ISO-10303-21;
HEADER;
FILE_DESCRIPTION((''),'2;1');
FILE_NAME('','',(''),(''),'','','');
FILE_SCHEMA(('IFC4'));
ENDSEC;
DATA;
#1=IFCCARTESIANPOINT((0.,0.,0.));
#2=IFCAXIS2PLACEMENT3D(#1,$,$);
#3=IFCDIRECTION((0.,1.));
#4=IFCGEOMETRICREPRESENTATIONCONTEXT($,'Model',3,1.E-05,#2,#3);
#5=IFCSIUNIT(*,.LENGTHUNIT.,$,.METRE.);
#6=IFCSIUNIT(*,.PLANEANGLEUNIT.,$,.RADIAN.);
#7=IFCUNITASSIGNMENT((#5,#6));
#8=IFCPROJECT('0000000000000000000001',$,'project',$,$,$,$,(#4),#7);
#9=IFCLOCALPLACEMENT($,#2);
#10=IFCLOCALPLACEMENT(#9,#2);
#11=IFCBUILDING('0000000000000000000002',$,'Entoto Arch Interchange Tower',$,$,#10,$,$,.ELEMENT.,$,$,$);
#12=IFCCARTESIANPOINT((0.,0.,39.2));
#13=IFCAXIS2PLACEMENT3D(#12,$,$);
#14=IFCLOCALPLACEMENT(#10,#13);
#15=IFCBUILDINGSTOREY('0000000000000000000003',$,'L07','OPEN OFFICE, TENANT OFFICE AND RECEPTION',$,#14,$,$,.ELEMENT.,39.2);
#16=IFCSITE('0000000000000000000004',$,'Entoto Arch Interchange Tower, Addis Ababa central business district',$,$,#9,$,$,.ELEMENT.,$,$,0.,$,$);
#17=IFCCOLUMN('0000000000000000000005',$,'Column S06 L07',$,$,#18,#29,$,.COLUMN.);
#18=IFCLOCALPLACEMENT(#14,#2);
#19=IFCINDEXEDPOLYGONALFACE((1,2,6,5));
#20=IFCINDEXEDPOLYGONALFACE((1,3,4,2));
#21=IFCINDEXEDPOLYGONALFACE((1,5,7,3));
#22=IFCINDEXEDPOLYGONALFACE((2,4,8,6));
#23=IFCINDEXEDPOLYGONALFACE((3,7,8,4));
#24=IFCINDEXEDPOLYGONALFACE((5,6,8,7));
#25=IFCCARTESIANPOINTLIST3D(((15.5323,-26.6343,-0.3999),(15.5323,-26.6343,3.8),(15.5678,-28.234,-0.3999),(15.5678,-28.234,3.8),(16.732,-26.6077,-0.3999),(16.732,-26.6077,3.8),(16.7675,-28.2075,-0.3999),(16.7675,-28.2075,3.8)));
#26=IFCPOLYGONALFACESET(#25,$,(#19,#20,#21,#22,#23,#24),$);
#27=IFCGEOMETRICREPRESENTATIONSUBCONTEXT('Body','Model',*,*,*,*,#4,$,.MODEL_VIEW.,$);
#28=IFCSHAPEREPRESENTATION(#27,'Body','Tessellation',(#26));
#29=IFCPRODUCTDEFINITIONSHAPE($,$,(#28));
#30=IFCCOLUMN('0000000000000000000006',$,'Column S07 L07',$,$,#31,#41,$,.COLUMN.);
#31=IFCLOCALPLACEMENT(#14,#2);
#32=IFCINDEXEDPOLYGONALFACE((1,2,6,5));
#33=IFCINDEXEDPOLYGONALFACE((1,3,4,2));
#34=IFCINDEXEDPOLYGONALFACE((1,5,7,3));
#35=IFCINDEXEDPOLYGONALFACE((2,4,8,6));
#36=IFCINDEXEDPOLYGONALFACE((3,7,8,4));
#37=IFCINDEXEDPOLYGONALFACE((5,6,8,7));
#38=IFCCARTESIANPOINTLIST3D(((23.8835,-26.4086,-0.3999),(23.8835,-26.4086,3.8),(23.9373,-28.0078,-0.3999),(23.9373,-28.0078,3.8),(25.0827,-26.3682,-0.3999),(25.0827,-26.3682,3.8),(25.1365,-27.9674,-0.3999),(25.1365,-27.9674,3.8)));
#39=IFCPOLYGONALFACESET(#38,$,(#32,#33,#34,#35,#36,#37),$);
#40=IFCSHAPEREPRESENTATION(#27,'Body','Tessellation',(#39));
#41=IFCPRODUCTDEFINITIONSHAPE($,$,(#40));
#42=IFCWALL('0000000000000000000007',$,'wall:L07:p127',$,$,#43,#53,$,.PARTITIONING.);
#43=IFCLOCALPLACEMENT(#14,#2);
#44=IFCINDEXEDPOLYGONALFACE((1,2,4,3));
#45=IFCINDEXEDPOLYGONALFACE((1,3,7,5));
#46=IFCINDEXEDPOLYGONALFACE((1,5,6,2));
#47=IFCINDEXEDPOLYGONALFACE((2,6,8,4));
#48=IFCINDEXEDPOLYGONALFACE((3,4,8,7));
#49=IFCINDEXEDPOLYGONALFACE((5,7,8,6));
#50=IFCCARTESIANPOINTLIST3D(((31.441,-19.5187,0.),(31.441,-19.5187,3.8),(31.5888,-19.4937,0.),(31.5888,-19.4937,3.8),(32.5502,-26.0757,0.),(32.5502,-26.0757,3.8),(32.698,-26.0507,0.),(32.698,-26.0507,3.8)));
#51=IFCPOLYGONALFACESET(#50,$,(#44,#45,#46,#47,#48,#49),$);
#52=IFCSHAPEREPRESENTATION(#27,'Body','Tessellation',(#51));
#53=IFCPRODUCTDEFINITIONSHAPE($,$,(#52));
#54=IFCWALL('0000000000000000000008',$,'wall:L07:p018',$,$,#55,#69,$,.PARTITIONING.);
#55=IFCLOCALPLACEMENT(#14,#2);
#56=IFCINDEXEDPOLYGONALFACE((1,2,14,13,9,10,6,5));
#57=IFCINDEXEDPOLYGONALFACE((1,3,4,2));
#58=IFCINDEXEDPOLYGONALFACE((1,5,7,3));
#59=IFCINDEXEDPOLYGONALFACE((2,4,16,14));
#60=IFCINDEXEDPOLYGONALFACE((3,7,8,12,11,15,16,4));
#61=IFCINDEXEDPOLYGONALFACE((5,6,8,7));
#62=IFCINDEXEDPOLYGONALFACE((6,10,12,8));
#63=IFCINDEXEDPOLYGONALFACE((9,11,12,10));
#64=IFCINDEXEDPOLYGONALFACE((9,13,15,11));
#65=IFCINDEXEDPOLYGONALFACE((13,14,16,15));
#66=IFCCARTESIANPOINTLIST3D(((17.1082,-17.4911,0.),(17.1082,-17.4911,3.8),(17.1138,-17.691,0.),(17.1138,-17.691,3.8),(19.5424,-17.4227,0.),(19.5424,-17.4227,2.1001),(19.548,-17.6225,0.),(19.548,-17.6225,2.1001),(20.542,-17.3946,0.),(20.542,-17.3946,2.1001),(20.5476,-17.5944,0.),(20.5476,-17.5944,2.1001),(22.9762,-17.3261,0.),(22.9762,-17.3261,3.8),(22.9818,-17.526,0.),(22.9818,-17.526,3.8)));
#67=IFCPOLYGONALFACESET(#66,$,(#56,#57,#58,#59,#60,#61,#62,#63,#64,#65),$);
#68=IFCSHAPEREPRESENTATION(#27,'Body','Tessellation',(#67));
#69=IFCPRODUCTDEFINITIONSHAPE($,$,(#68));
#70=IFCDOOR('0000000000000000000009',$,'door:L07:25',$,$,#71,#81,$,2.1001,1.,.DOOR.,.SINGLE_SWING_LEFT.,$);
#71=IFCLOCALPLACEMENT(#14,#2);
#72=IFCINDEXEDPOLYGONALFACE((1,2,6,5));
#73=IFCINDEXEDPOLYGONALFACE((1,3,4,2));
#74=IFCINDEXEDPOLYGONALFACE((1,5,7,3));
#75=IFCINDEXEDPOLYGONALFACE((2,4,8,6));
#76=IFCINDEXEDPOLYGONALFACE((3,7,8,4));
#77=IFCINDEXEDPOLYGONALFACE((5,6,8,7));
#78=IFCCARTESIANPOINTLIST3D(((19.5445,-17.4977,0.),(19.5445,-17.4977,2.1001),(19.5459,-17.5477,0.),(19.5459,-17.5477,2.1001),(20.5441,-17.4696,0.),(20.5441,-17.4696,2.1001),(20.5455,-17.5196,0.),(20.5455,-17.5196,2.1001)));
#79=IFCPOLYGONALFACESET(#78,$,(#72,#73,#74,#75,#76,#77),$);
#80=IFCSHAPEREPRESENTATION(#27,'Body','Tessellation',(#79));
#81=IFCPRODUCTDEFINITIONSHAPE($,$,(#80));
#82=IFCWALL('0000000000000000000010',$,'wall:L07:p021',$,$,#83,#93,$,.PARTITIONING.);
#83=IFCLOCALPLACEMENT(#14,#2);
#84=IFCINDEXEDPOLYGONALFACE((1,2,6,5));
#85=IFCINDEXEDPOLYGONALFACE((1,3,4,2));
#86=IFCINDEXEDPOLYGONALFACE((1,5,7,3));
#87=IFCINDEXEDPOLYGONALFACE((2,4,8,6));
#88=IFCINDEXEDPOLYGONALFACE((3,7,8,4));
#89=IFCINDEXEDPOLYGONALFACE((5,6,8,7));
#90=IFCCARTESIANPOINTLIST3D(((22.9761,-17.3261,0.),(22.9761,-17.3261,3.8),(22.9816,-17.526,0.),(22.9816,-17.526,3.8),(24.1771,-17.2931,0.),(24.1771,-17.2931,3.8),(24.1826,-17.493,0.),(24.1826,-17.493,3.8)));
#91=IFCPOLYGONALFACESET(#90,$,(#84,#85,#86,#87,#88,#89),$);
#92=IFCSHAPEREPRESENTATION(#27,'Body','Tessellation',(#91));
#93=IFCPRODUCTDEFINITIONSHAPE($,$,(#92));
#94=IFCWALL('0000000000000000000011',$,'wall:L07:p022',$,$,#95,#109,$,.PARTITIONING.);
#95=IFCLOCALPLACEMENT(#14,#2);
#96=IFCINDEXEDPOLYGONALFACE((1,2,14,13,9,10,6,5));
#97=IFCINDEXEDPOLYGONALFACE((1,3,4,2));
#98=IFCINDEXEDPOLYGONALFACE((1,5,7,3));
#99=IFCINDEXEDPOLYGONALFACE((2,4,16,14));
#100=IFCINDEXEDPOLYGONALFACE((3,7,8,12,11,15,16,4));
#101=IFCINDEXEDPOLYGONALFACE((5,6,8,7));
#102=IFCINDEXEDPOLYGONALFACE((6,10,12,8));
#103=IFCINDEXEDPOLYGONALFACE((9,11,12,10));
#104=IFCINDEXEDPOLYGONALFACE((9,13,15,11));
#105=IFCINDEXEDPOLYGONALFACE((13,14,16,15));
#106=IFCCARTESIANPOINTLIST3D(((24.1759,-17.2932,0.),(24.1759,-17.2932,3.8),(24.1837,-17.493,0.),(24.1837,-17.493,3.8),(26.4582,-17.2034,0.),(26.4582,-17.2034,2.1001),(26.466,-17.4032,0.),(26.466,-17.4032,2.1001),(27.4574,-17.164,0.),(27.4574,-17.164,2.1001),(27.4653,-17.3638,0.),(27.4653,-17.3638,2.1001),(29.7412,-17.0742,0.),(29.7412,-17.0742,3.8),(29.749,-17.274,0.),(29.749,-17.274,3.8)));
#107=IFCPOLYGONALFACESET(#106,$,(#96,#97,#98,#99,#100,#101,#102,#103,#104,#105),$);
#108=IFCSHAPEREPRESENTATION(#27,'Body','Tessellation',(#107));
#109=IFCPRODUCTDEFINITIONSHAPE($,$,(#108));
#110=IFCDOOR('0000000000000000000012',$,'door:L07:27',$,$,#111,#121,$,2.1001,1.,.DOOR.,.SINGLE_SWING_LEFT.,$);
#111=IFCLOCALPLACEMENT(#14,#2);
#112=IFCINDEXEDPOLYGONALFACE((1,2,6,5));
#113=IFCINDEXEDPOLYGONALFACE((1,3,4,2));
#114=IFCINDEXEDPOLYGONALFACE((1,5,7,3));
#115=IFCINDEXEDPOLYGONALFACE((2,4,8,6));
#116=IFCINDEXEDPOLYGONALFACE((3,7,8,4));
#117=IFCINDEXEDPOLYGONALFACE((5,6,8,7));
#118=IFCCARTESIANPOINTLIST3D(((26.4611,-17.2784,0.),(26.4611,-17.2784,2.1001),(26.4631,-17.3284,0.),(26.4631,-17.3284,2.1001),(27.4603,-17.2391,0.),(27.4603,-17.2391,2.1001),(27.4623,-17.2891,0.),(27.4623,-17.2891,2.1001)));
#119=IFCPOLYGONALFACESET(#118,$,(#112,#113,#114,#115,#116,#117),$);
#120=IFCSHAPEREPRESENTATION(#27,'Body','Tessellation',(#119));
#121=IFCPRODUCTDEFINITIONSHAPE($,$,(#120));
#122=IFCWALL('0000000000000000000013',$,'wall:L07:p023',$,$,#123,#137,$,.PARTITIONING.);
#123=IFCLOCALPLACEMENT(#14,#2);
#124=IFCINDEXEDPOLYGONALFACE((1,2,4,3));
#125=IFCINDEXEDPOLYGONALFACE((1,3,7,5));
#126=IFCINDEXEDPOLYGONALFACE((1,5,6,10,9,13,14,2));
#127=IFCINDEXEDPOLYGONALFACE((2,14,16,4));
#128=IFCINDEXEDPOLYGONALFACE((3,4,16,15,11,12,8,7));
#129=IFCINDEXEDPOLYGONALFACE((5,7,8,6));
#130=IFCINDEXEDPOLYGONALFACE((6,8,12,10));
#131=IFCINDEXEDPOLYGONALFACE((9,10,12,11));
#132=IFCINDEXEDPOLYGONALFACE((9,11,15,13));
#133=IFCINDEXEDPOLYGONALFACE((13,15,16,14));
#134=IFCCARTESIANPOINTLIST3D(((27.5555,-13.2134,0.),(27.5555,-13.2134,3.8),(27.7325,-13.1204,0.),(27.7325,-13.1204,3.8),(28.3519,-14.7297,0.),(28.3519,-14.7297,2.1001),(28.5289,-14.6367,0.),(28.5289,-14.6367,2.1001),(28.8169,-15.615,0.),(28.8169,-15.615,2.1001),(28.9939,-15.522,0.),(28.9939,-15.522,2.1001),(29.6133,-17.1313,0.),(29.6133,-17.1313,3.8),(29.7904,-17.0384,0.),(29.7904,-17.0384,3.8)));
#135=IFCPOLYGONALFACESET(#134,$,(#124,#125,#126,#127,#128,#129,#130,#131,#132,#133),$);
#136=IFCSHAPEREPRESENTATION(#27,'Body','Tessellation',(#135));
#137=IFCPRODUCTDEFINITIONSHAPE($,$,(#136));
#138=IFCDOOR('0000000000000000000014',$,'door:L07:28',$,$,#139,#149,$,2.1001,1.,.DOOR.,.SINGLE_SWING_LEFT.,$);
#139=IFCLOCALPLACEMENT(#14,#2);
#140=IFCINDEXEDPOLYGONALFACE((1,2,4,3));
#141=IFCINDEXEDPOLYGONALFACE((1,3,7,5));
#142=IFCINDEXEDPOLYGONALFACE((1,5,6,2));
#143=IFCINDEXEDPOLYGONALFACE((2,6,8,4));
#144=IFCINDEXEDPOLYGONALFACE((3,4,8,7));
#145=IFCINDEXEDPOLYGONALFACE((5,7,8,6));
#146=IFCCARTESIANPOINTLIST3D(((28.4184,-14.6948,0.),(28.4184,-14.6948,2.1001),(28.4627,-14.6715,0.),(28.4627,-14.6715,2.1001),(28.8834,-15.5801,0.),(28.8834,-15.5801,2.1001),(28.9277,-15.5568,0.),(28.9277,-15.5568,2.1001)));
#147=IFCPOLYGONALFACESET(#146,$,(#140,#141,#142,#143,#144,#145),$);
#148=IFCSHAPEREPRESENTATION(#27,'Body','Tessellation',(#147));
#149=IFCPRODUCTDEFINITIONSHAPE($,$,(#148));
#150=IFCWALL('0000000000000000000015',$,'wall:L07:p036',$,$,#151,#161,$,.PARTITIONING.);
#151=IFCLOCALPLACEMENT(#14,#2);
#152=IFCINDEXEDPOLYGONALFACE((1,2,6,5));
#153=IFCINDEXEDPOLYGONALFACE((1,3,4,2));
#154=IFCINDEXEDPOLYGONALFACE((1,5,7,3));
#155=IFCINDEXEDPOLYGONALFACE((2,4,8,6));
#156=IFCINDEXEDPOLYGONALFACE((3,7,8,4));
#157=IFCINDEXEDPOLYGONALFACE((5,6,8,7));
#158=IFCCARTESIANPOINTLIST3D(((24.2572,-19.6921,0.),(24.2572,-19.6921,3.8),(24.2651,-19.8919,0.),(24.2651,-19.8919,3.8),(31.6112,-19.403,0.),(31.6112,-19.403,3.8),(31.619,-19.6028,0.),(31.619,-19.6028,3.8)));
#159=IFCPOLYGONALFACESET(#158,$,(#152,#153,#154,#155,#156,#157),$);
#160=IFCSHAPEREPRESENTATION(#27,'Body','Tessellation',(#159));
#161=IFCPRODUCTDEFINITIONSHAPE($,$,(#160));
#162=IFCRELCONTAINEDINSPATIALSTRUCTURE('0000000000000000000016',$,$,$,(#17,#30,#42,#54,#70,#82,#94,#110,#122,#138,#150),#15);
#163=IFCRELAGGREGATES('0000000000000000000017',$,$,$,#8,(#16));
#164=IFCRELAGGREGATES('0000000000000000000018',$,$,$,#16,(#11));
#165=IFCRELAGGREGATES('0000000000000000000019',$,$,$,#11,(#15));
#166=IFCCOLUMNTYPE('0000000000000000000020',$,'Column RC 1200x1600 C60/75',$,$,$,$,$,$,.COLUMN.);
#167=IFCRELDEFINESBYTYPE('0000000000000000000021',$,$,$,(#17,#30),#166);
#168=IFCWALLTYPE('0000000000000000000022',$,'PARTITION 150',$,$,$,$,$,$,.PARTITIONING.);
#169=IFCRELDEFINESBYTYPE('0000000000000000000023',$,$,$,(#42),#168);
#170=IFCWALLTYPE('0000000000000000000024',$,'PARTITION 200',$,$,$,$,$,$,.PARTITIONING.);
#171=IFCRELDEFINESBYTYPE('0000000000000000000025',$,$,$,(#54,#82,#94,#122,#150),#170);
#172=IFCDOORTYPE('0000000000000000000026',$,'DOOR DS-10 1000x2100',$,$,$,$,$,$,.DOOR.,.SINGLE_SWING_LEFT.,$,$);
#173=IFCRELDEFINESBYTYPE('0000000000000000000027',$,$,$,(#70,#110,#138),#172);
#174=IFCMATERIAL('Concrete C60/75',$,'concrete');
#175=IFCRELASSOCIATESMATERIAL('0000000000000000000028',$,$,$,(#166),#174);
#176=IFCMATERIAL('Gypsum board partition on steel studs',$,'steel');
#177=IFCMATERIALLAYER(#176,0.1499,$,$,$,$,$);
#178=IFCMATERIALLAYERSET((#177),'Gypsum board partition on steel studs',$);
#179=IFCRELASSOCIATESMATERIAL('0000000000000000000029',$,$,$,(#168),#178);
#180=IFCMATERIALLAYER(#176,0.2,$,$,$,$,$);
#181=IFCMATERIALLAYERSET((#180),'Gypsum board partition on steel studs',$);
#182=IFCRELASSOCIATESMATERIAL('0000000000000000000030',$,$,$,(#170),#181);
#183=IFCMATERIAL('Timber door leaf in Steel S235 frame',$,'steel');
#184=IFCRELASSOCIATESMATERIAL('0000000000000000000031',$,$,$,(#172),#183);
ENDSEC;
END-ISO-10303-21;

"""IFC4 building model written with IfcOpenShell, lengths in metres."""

from ifc_helpers import new_model, si_unit, direction, frame, frame_2d, origin, origin_2d, place, context, subcontext, project, spatial, rectangle, extrude, material, layer, layer_set, material_profile, profile_set, type_object, element, fill, save


model = new_model("IFC4")

# Units and contexts
model_context = context("Model", 3, precision=1e-05, world=origin(), true_north=direction((0.0, 1.0)))
body_context = subcontext(model_context, "Body", "Model", "MODEL_VIEW")
ifc_project = project(units=[si_unit("LENGTHUNIT", "METRE"), si_unit("PLANEANGLEUNIT", "RADIAN")], contexts=[model_context])

# Site, building, storey
site_placement = place(None, origin())
site = spatial("IfcSite", under=ifc_project, at=site_placement, Name="Entoto Arch Interchange Tower, Addis Ababa central business district", CompositionType="ELEMENT", RefElevation=0.0)
building_placement = place(site_placement, origin())
building = spatial("IfcBuilding", under=site, at=building_placement, Name="Entoto Arch Interchange Tower", CompositionType="ELEMENT")
storey_placement = place(building_placement, frame((0.0, 0.0, 39.2)))
storey = spatial("IfcBuildingStorey", under=building, at=storey_placement, Name="L07", Description="OPEN OFFICE, TENANT OFFICE AND RECEPTION", CompositionType="ELEMENT", Elevation=39.2)

# Columns
ifc_material_1 = material(Name="Concrete C60/75", Category="concrete")
ifc_material_profile = material_profile(ifc_material_1, rectangle(XDim=1.2, YDim=1.6001, at=origin_2d()))
ifc_profile_set = profile_set([ifc_material_profile], Name="Concrete C60/75")
column_type = type_object("IfcColumnType", Name="Column RC 1200x1600 C60/75", PredefinedType="COLUMN", material=ifc_profile_set)
for number, where, z_axis, x_axis, name in (
    (1, (16.1499, -27.4209, -0.3999), (0.0, 0.0, 1.0), (0.999754, 0.022164, 0.0), "Column S06 L07"),
    (2, (24.51, -27.188, -0.3999), (0.0, 0.0, 1.0), (0.999434, 0.033626, 0.0), "Column S07 L07"),
):
    element("IfcColumn", number, at=place(storey_placement, frame(where, z_axis=z_axis, x_axis=x_axis)), inside=storey, type_object=column_type, Name=name, PredefinedType="COLUMN", context=body_context, shape_type="SweptSolid", body=[
        extrude(rectangle(XDim=1.2, YDim=1.6001, at=origin_2d()), origin(), (0.0, 0.0, 1.0), 4.2),
    ])

# Wall
ifc_material_2 = material(Name="Gypsum board partition on steel studs", Category="steel")
ifc_layer_1 = layer(ifc_material_2, 0.1499)
ifc_layer_set_1 = layer_set([ifc_layer_1], Name="Gypsum board partition on steel studs")
wall_type_1 = type_object("IfcWallType", Name="PARTITION 150", PredefinedType="PARTITIONING", material=ifc_layer_set_1)
wall_1_placement = place(storey_placement, frame((31.5149, -19.5061, 0.0), z_axis=(0.0, 0.0, 1.0), x_axis=(0.166786, -0.985993, 0.0)))
element("IfcWall", 3, at=wall_1_placement, inside=storey, type_object=wall_type_1, Name="wall:L07:p127", PredefinedType="PARTITIONING", context=body_context, shape_type="SweptSolid", body=[
    extrude(rectangle(XDim=6.6501, YDim=0.1499, at=frame_2d((3.3252, 0.0))), origin(), (0.0, 0.0, 1.0), 3.8),
])

# Wall, opening, door
ifc_layer_2 = layer(ifc_material_2, 0.2)
ifc_layer_set_2 = layer_set([ifc_layer_2], Name="Gypsum board partition on steel studs")
wall_type_2 = type_object("IfcWallType", Name="PARTITION 200", PredefinedType="PARTITIONING", material=ifc_layer_set_2)
wall_2_placement = place(storey_placement, frame((17.1111, -17.5911, 0.0), z_axis=(0.0, 0.0, 1.0), x_axis=(0.999605, 0.028115, 0.0)))
wall_2 = element("IfcWall", 4, at=wall_2_placement, inside=storey, type_object=wall_type_2, Name="wall:L07:p018", PredefinedType="PARTITIONING", context=body_context, shape_type="SweptSolid", body=[
    extrude(rectangle(XDim=5.8704, YDim=0.2, at=frame_2d((2.9351, 0.0))), origin(), (0.0, 0.0, 1.0), 3.8),
])
opening_1_placement = place(wall_2_placement, frame((2.4351, 0.0, 0.0)))
opening_1 = element("IfcOpeningElement", 5, at=opening_1_placement, cuts=wall_2, PredefinedType="OPENING", context=body_context, shape_type="SweptSolid", body=[
    extrude(rectangle(XDim=1.0, YDim=2.1001, at=frame_2d((0.5, 1.05))), frame((0.0, 0.1099, 0.0), z_axis=(0.0, -1.0, 0.0), x_axis=(1.0, 0.0, 0.0)), (0.0, 0.0, 1.0), 0.22),
])
ifc_material_3 = material(Name="Timber door leaf in Steel S235 frame", Category="steel")
door_type = type_object("IfcDoorType", Name="DOOR DS-10 1000x2100", OperationType="SINGLE_SWING_LEFT", PredefinedType="DOOR", material=ifc_material_3)
door_1_placement = place(opening_1_placement, origin())
door_1 = element("IfcDoor", 6, at=door_1_placement, inside=storey, type_object=door_type, Name="door:L07:25", OperationType="SINGLE_SWING_LEFT", OverallHeight=2.1001, OverallWidth=1.0, PredefinedType="DOOR", context=body_context, shape_type="SweptSolid", body=[
    extrude(rectangle(XDim=1.0, YDim=2.1001, at=frame_2d((0.5, 1.05))), frame((0.0, 0.0249, 0.0), z_axis=(0.0, -1.0, 0.0), x_axis=(1.0, 0.0, 0.0)), (0.0, 0.0, 1.0), 0.05),
])
fill(opening_1, door_1)

# Wall
wall_3_placement = place(storey_placement, frame((22.979, -17.426, 0.0), z_axis=(0.0, 0.0, 1.0), x_axis=(0.999624, 0.027434, 0.0)))
element("IfcWall", 7, at=wall_3_placement, inside=storey, type_object=wall_type_2, Name="wall:L07:p021", PredefinedType="PARTITIONING", context=body_context, shape_type="SweptSolid", body=[
    extrude(rectangle(XDim=1.2014, YDim=0.2, at=frame_2d((0.6006, 0.0))), origin(), (0.0, 0.0, 1.0), 3.8),
])

# Walls, openings, doors
wall_4_placement = place(storey_placement, frame((24.1799, -17.3931, 0.0), z_axis=(0.0, 0.0, 1.0), x_axis=(0.999227, 0.03932, 0.0)))
wall_4 = element("IfcWall", 8, at=wall_4_placement, inside=storey, type_object=wall_type_2, Name="wall:L07:p022", PredefinedType="PARTITIONING", context=body_context, shape_type="SweptSolid", body=[
    extrude(rectangle(XDim=5.5696, YDim=0.2, at=frame_2d((2.7847, 0.0))), origin(), (0.0, 0.0, 1.0), 3.8),
])
opening_2_placement = place(wall_4_placement, frame((2.2839, 0.0, 0.0)))
opening_2 = element("IfcOpeningElement", 9, at=opening_2_placement, cuts=wall_4, PredefinedType="OPENING", context=body_context, shape_type="SweptSolid", body=[
    extrude(rectangle(XDim=1.0, YDim=2.1001, at=frame_2d((0.5, 1.05))), frame((0.0, 0.1099, 0.0), z_axis=(0.0, -1.0, 0.0), x_axis=(1.0, 0.0, 0.0)), (0.0, 0.0, 1.0), 0.22),
])
door_2_placement = place(opening_2_placement, origin())
door_2 = element("IfcDoor", 10, at=door_2_placement, inside=storey, type_object=door_type, Name="door:L07:27", OperationType="SINGLE_SWING_LEFT", OverallHeight=2.1001, OverallWidth=1.0, PredefinedType="DOOR", context=body_context, shape_type="SweptSolid", body=[
    extrude(rectangle(XDim=1.0, YDim=2.1001, at=frame_2d((0.5, 1.05))), frame((0.0, 0.0249, 0.0), z_axis=(0.0, -1.0, 0.0), x_axis=(1.0, 0.0, 0.0)), (0.0, 0.0, 1.0), 0.05),
])
fill(opening_2, door_2)
wall_5_placement = place(storey_placement, frame((29.7019, -17.085, 0.0), z_axis=(0.0, 0.0, 1.0), x_axis=(-0.464998, 0.885312, 0.0)))
wall_5 = element("IfcWall", 11, at=wall_5_placement, inside=storey, type_object=wall_type_2, Name="wall:L07:p023", PredefinedType="PARTITIONING", context=body_context, shape_type="SweptSolid", body=[
    extrude(rectangle(XDim=4.4255, YDim=0.2, at=frame_2d((2.2129, 0.0))), origin(), (0.0, 0.0, 1.0), 3.8),
])
opening_3_placement = place(wall_5_placement, frame((1.7129, 0.0, 0.0)))
opening_3 = element("IfcOpeningElement", 12, at=opening_3_placement, cuts=wall_5, PredefinedType="OPENING", context=body_context, shape_type="SweptSolid", body=[
    extrude(rectangle(XDim=1.0, YDim=2.1001, at=frame_2d((0.5, 1.05))), frame((0.0, 0.1099, 0.0), z_axis=(0.0, -1.0, 0.0), x_axis=(1.0, 0.0, 0.0)), (0.0, 0.0, 1.0), 0.22),
])
door_3_placement = place(opening_3_placement, origin())
door_3 = element("IfcDoor", 13, at=door_3_placement, inside=storey, type_object=door_type, Name="door:L07:28", OperationType="SINGLE_SWING_LEFT", OverallHeight=2.1001, OverallWidth=1.0, PredefinedType="DOOR", context=body_context, shape_type="SweptSolid", body=[
    extrude(rectangle(XDim=1.0, YDim=2.1001, at=frame_2d((0.5, 1.05))), frame((0.0, 0.0249, 0.0), z_axis=(0.0, -1.0, 0.0), x_axis=(1.0, 0.0, 0.0)), (0.0, 0.0, 1.0), 0.05),
])
fill(opening_3, door_3)

# Wall
wall_6_placement = place(storey_placement, frame((31.615, -19.5029, 0.0), z_axis=(0.0, 0.0, 1.0), x_axis=(-0.999228, -0.039276, 0.0)))
element("IfcWall", 14, at=wall_6_placement, inside=storey, type_object=wall_type_2, Name="wall:L07:p036", PredefinedType="PARTITIONING", context=body_context, shape_type="SweptSolid", body=[
    extrude(rectangle(XDim=7.3596, YDim=0.2, at=frame_2d((3.6797, 0.0))), origin(), (0.0, 0.0, 1.0), 3.8),
])

save(model, "model.ifc")
